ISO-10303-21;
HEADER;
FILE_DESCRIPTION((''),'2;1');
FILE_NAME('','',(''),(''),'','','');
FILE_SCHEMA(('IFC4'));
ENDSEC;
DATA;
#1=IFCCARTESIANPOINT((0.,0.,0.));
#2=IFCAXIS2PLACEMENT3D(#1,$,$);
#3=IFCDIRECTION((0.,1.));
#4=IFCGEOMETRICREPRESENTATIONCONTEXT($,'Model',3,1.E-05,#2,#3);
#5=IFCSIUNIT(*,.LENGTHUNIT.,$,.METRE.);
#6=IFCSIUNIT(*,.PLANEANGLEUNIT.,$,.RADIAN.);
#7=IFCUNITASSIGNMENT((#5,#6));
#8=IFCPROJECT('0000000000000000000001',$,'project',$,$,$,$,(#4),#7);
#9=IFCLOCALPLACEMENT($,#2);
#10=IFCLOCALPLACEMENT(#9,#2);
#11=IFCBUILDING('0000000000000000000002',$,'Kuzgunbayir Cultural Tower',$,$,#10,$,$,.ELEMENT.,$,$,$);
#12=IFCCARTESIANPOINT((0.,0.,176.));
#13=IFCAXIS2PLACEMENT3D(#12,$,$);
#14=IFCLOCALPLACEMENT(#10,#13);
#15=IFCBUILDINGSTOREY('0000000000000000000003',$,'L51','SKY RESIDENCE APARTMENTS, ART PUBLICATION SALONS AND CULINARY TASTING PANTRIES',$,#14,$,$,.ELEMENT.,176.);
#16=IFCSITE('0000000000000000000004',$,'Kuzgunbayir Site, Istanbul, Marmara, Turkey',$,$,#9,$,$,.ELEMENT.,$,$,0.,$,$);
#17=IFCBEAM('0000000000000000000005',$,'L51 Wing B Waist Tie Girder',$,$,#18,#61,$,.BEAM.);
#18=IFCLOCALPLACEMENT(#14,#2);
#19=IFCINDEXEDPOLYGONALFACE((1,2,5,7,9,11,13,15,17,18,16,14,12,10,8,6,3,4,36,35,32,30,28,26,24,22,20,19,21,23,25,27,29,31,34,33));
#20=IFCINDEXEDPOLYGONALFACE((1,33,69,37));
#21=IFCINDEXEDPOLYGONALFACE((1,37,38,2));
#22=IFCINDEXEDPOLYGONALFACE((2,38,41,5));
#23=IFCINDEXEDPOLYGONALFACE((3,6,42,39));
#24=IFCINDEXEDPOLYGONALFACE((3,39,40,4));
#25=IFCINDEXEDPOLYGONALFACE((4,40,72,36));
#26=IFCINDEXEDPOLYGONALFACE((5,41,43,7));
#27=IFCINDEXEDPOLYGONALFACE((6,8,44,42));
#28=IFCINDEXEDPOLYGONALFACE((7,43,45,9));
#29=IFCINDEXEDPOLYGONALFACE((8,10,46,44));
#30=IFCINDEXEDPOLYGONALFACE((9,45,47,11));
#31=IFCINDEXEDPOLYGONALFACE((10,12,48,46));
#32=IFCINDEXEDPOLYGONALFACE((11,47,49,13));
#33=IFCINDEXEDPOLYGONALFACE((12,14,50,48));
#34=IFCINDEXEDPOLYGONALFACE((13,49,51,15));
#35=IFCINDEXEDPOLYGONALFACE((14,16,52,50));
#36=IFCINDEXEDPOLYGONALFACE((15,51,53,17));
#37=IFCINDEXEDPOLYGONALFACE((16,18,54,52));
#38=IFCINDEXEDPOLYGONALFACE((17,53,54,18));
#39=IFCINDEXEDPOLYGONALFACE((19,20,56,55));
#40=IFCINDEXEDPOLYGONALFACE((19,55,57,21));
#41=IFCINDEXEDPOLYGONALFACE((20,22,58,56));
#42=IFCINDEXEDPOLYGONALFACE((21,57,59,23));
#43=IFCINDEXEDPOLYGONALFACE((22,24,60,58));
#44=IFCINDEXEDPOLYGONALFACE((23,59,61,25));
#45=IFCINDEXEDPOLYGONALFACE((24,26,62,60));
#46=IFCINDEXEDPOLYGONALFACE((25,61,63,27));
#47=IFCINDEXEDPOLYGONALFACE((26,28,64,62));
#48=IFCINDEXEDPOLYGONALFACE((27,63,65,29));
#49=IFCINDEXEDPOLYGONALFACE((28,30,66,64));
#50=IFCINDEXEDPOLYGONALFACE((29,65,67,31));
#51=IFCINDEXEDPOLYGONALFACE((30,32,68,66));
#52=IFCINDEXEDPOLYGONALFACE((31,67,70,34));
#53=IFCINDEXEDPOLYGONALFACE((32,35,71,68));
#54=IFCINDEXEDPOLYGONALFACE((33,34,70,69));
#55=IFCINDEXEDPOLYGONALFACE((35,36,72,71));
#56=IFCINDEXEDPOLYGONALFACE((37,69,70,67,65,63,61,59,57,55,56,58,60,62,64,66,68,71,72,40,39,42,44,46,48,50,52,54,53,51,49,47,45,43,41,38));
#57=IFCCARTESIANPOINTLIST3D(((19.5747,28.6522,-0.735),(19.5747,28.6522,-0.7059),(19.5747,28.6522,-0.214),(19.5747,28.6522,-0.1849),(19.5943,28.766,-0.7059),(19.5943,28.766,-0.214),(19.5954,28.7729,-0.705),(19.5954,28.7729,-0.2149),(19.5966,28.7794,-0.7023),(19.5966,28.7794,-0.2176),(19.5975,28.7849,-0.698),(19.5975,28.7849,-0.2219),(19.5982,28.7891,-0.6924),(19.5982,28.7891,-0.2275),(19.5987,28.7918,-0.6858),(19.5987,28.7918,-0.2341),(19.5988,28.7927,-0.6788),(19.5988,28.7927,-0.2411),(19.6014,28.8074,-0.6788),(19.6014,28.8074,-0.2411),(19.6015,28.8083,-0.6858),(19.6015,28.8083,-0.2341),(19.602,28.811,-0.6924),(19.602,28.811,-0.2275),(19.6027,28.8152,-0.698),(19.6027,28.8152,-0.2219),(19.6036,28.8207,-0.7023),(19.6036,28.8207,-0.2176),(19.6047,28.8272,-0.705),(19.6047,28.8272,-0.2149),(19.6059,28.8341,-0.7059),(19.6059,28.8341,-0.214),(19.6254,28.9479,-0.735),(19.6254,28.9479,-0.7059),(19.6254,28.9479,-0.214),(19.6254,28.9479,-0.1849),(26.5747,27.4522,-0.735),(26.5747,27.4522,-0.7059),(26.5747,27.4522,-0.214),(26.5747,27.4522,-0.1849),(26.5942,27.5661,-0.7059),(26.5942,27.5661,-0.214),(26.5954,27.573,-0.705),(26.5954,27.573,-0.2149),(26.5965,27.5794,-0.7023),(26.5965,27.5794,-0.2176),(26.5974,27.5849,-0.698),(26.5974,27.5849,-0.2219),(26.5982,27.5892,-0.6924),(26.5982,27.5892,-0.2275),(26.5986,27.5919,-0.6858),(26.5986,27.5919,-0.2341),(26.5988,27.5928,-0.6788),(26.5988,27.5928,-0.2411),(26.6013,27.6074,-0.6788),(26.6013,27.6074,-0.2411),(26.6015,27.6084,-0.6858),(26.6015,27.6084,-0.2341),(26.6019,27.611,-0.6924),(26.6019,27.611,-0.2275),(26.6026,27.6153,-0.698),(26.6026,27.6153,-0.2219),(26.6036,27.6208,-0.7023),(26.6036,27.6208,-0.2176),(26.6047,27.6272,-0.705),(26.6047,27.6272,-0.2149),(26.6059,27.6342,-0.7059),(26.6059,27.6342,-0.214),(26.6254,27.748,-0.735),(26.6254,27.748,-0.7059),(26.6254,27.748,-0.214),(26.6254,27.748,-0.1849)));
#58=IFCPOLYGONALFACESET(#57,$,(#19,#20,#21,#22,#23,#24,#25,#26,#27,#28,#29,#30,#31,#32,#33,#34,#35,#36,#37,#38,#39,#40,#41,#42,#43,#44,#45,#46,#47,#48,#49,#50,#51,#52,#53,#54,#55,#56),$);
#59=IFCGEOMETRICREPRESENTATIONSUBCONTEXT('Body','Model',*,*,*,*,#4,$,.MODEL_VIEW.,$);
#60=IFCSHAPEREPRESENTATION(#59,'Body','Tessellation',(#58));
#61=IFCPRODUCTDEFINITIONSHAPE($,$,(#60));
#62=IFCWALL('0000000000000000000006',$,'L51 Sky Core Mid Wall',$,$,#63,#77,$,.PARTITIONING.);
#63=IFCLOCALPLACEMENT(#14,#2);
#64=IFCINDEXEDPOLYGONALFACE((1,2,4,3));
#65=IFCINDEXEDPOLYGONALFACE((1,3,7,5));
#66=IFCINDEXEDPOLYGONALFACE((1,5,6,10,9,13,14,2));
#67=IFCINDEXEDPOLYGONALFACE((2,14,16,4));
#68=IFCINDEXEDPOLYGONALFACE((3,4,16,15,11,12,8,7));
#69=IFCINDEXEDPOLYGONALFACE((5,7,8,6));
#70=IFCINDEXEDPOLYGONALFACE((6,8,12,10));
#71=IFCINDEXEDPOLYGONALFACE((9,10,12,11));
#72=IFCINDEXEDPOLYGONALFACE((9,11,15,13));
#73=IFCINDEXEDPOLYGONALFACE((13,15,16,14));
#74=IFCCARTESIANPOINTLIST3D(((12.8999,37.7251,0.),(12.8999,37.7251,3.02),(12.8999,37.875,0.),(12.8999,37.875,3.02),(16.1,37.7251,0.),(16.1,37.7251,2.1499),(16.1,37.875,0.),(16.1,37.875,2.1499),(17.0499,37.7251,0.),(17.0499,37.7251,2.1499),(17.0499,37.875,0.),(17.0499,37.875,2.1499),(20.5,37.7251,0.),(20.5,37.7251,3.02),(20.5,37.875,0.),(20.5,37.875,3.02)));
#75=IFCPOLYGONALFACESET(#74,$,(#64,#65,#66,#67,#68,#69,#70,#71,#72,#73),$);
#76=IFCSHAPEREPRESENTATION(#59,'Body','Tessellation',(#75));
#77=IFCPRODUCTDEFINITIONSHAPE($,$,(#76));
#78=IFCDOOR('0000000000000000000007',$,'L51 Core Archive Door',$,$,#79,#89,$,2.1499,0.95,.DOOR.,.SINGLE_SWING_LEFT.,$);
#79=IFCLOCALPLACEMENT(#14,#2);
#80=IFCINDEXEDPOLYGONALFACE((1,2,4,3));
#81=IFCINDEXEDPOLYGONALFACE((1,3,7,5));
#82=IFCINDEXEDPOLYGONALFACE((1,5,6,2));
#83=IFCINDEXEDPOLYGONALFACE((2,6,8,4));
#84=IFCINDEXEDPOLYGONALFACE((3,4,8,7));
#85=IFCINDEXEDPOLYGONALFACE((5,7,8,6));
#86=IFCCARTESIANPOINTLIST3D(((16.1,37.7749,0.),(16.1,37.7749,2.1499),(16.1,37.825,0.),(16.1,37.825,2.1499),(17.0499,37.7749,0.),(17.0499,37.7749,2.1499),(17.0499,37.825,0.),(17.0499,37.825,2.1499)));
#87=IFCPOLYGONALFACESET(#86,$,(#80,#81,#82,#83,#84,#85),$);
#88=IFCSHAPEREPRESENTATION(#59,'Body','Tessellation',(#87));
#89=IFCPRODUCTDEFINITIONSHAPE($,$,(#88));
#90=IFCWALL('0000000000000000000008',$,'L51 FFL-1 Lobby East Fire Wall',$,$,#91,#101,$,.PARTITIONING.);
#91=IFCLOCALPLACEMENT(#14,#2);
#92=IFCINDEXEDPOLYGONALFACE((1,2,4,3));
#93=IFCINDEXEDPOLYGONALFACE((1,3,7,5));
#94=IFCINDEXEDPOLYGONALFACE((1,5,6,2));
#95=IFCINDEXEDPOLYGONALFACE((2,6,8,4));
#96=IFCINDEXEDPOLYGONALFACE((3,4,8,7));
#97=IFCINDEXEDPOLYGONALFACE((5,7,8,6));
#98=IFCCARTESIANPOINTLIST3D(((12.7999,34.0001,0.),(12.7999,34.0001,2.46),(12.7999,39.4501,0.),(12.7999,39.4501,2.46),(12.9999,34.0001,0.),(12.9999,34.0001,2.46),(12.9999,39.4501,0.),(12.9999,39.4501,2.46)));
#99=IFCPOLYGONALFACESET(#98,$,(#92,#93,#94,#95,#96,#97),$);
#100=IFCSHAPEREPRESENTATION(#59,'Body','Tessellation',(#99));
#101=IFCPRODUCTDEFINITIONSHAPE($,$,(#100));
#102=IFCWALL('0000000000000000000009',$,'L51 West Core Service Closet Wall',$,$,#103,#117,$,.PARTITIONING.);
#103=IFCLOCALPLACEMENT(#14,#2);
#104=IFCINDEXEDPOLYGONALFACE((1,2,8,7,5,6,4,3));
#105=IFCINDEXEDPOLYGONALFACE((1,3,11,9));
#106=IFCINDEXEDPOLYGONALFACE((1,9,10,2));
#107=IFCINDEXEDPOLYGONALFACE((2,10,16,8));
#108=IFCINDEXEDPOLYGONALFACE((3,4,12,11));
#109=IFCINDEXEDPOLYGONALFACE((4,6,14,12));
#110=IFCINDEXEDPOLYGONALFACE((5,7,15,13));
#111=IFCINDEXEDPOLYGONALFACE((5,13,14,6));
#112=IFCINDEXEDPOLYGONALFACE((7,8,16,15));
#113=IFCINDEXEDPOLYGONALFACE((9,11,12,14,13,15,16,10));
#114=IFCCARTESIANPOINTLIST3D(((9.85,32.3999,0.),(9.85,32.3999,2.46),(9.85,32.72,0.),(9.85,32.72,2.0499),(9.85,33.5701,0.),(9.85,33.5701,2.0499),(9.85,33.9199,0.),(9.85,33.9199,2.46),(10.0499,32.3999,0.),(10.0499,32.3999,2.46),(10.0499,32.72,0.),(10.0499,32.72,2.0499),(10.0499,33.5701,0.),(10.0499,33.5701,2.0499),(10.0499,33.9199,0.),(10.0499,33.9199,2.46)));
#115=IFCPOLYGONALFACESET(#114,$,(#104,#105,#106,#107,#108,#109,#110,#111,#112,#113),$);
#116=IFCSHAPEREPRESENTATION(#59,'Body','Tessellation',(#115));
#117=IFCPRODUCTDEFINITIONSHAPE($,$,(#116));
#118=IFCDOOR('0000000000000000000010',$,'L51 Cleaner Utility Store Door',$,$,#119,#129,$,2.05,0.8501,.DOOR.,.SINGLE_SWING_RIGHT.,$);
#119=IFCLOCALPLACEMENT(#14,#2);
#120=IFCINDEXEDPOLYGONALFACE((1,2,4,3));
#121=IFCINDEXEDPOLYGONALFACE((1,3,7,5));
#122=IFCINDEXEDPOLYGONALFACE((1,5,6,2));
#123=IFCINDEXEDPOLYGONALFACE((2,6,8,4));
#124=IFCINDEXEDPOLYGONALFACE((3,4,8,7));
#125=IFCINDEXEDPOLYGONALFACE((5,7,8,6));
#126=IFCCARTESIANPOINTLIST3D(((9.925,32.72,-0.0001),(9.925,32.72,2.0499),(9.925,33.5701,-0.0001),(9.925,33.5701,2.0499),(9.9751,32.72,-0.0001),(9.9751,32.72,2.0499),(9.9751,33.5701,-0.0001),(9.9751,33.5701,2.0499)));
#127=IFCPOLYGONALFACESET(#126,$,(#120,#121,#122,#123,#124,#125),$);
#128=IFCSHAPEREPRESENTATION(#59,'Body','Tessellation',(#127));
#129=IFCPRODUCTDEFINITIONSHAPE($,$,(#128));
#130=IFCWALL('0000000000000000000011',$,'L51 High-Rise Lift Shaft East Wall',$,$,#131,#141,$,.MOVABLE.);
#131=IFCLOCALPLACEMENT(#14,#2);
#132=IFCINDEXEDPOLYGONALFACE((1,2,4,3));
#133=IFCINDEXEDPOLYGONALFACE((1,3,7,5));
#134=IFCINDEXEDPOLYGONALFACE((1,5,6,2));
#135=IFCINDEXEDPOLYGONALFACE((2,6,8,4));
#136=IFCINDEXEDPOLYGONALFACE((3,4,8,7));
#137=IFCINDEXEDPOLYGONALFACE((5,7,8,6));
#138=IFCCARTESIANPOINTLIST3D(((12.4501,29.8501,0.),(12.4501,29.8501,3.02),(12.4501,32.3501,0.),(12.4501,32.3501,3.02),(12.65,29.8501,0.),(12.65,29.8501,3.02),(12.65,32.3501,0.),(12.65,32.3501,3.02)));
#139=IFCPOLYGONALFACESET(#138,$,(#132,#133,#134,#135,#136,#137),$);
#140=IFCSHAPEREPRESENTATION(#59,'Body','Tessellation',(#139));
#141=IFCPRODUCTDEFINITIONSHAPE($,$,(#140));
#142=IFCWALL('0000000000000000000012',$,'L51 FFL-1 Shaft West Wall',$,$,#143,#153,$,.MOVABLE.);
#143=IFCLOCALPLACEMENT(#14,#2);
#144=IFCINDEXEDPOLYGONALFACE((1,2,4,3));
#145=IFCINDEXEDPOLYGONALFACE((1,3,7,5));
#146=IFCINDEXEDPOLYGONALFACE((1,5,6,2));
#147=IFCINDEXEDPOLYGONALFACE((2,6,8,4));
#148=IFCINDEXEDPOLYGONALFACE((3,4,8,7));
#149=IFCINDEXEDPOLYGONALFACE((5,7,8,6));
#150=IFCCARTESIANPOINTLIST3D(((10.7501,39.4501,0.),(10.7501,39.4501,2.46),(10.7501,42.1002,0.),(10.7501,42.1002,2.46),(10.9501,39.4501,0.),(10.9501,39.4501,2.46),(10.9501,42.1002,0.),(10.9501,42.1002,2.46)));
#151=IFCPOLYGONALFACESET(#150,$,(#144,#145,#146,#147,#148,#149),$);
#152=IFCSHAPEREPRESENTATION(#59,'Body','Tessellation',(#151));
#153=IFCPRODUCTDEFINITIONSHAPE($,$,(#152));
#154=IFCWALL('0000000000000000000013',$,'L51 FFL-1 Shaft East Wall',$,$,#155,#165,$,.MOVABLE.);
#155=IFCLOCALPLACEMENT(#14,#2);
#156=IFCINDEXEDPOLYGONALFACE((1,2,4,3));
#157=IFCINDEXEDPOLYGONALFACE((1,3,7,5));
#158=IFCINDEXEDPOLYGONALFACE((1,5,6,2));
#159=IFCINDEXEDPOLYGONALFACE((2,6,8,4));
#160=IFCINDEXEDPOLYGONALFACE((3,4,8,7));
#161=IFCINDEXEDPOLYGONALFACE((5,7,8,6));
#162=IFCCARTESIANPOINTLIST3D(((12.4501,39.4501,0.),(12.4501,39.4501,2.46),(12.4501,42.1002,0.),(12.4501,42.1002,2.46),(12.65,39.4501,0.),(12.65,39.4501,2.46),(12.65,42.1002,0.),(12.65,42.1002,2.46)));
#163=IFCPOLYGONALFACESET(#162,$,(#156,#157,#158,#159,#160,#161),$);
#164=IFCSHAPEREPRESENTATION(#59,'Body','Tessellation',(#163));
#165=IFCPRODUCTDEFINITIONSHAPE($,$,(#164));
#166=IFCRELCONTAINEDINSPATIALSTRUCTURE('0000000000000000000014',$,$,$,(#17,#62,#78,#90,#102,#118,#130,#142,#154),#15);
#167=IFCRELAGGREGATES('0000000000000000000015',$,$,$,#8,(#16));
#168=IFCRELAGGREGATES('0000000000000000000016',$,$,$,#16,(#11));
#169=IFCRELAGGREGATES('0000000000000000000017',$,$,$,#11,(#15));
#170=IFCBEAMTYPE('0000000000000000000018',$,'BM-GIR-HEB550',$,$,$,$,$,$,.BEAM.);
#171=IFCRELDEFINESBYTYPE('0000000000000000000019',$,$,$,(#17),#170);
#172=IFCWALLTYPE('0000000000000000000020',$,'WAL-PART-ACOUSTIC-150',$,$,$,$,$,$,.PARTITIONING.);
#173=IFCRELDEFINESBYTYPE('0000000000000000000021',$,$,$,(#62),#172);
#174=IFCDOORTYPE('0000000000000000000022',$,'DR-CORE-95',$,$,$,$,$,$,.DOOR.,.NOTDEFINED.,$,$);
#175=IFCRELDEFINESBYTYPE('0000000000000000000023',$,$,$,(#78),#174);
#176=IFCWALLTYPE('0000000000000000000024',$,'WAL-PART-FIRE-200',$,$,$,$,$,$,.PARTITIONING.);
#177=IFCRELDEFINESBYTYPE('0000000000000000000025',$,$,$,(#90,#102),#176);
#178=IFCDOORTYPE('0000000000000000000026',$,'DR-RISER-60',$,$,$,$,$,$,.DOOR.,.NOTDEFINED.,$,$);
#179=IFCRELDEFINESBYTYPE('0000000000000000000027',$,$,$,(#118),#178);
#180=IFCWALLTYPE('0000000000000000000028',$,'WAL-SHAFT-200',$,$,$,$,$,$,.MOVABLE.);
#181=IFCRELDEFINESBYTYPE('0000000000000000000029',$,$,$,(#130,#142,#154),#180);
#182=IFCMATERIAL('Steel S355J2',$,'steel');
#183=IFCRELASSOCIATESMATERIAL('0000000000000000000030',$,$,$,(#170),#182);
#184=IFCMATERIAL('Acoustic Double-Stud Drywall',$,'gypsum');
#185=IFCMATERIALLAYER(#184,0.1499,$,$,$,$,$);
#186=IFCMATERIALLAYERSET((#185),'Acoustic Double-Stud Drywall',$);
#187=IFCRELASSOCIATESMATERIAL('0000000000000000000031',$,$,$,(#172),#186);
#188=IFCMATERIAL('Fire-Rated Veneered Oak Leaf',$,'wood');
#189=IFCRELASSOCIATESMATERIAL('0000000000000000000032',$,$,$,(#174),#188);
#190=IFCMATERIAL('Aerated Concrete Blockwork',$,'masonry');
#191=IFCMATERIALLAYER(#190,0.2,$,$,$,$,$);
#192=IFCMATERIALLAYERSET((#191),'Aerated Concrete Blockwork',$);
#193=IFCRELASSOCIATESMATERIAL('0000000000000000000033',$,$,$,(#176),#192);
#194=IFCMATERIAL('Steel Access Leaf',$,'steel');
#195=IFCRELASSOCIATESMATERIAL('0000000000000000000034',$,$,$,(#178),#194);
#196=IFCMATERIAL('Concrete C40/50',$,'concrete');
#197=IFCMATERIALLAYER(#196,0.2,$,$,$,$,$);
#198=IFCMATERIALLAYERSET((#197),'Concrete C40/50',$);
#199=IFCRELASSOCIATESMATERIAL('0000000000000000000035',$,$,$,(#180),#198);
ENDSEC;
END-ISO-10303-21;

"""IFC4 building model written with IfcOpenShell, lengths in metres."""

from ifc_helpers import new_model, si_unit, direction, frame, frame_2d, origin, origin_2d, place, context, subcontext, project, spatial, rectangle, i_section, extrude, material, layer, layer_set, material_profile, profile_set, type_object, element, fill, save


model = new_model("IFC4")

# Units and contexts
model_context = context("Model", 3, precision=1e-05, world=origin(), true_north=direction((0.0, 1.0)))
body_context = subcontext(model_context, "Body", "Model", "MODEL_VIEW")
ifc_project = project(units=[si_unit("LENGTHUNIT", "METRE"), si_unit("PLANEANGLEUNIT", "RADIAN")], contexts=[model_context])

# Site, building, storey
site_placement = place(None, origin())
site = spatial("IfcSite", under=ifc_project, at=site_placement, Name="Kuzgunbayir Site, Istanbul, Marmara, Turkey", CompositionType="ELEMENT", RefElevation=0.0)
building_placement = place(site_placement, origin())
building = spatial("IfcBuilding", under=site, at=building_placement, Name="Kuzgunbayir Cultural Tower", CompositionType="ELEMENT")
storey_placement = place(building_placement, frame((0.0, 0.0, 176.0)))
storey = spatial("IfcBuildingStorey", under=building, at=storey_placement, Name="L51", Description="SKY RESIDENCE APARTMENTS, ART PUBLICATION SALONS AND CULINARY TASTING PANTRIES", CompositionType="ELEMENT", Elevation=176.0)

# Beam
ifc_material_1 = material(Name="Steel S355J2", Category="steel")
ifc_material_profile_1 = material_profile(ifc_material_1, i_section(OverallWidth=0.3, OverallDepth=0.55, WebThickness=0.0149, FlangeThickness=0.0291, FilletRadius=0.0271, at=origin_2d()), Name="HEB 550")
ifc_profile_set_1 = profile_set([ifc_material_profile_1], Name="Steel S355J2")
beam_type = type_object("IfcBeamType", Name="BM-GIR-HEB550", PredefinedType="BEAM", material=ifc_profile_set_1)
beam_1_placement = place(storey_placement, frame((19.6001, 28.8, -0.46), z_axis=(0.985623, -0.168957, 0.0), x_axis=(0.168957, 0.985623, 0.0)))
element("IfcBeam", 1, at=beam_1_placement, inside=storey, type_object=beam_type, Name="L51 Wing B Waist Tie Girder", PredefinedType="BEAM", context=body_context, shape_type="SweptSolid", body=[
    extrude(i_section(OverallWidth=0.3, OverallDepth=0.55, WebThickness=0.0149, FlangeThickness=0.0291, FilletRadius=0.0271, at=origin_2d()), origin(), (0.0, 0.0, 1.0), 7.1021),
])

# Wall, opening, door
ifc_material_2 = material(Name="Acoustic Double-Stud Drywall", Category="gypsum")
ifc_layer_1 = layer(ifc_material_2, 0.1499)
ifc_layer_set_1 = layer_set([ifc_layer_1], Name="Acoustic Double-Stud Drywall")
wall_type_1 = type_object("IfcWallType", Name="WAL-PART-ACOUSTIC-150", PredefinedType="PARTITIONING", material=ifc_layer_set_1)
wall_1_placement = place(storey_placement, frame((12.8999, 37.8, 0.0), z_axis=(0.0, 0.0, 1.0), x_axis=(1.0, 0.0, 0.0)))
wall_1 = element("IfcWall", 2, at=wall_1_placement, inside=storey, type_object=wall_type_1, Name="L51 Sky Core Mid Wall", PredefinedType="PARTITIONING", context=body_context, shape_type="SweptSolid", body=[
    extrude(rectangle(XDim=7.6001, YDim=0.1499, at=frame_2d((3.8, 0.0))), origin(), (0.0, 0.0, 1.0), 3.02),
])
opening_1_placement = place(wall_1_placement, frame((3.2, 0.0, 0.0)))
opening_1 = element("IfcOpeningElement", 3, at=opening_1_placement, cuts=wall_1, PredefinedType="OPENING", context=body_context, shape_type="SweptSolid", body=[
    extrude(rectangle(XDim=0.95, YDim=2.1499, at=frame_2d((0.4751, 1.075))), frame((0.0, 0.085, 0.0), z_axis=(0.0, -1.0, 0.0), x_axis=(1.0, 0.0, 0.0)), (0.0, 0.0, 1.0), 0.1699),
])
ifc_material_3 = material(Name="Fire-Rated Veneered Oak Leaf", Category="wood")
door_type_1 = type_object("IfcDoorType", Name="DR-CORE-95", OperationType="NOTDEFINED", PredefinedType="DOOR", material=ifc_material_3)
door_1_placement = place(opening_1_placement, origin())
door_1 = element("IfcDoor", 4, at=door_1_placement, inside=storey, type_object=door_type_1, Name="L51 Core Archive Door", OperationType="SINGLE_SWING_LEFT", OverallHeight=2.1499, OverallWidth=0.95, PredefinedType="DOOR", context=body_context, shape_type="SweptSolid", body=[
    extrude(rectangle(XDim=0.95, YDim=2.1499, at=frame_2d((0.4751, 1.075))), frame((0.0, 0.0249, 0.0), z_axis=(0.0, -1.0, 0.0), x_axis=(1.0, 0.0, 0.0)), (0.0, 0.0, 1.0), 0.05),
])
fill(opening_1, door_1)

# Wall
ifc_material_4 = material(Name="Aerated Concrete Blockwork", Category="masonry")
ifc_layer_2 = layer(ifc_material_4, 0.2)
ifc_layer_set_2 = layer_set([ifc_layer_2], Name="Aerated Concrete Blockwork")
wall_type_2 = type_object("IfcWallType", Name="WAL-PART-FIRE-200", PredefinedType="PARTITIONING", material=ifc_layer_set_2)
wall_2_placement = place(storey_placement, frame((12.8999, 34.0, 0.0), z_axis=(0.0, 0.0, 1.0), x_axis=(0.0, 1.0, 0.0)))
element("IfcWall", 5, at=wall_2_placement, inside=storey, type_object=wall_type_2, Name="L51 FFL-1 Lobby East Fire Wall", PredefinedType="PARTITIONING", context=body_context, shape_type="SweptSolid", body=[
    extrude(rectangle(XDim=5.45, YDim=0.2, at=frame_2d((2.7251, 0.0))), origin(), (0.0, 0.0, 1.0), 2.46),
])

# Wall, opening, door
wall_3_placement = place(storey_placement, frame((9.95, 32.3999, 0.0), z_axis=(0.0, 0.0, 1.0), x_axis=(0.0, 1.0, 0.0)))
wall_3 = element("IfcWall", 6, at=wall_3_placement, inside=storey, type_object=wall_type_2, Name="L51 West Core Service Closet Wall", PredefinedType="PARTITIONING", context=body_context, shape_type="SweptSolid", body=[
    extrude(rectangle(XDim=1.52, YDim=0.2, at=frame_2d((0.76, 0.0))), origin(), (0.0, 0.0, 1.0), 2.46),
])
opening_2_placement = place(wall_3_placement, frame((0.3201, 0.0, 0.0)))
opening_2 = element("IfcOpeningElement", 7, at=opening_2_placement, cuts=wall_3, PredefinedType="OPENING", context=body_context, shape_type="SweptSolid", body=[
    extrude(rectangle(XDim=0.8501, YDim=2.05, at=frame_2d((0.425, 1.0249))), frame((0.0, 0.1099, 0.0), z_axis=(0.0, -1.0, 0.0), x_axis=(1.0, 0.0, 0.0)), (0.0, 0.0, 1.0), 0.22),
])
ifc_material_5 = material(Name="Steel Access Leaf", Category="steel")
door_type_2 = type_object("IfcDoorType", Name="DR-RISER-60", OperationType="NOTDEFINED", PredefinedType="DOOR", material=ifc_material_5)
door_2_placement = place(opening_2_placement, origin())
door_2 = element("IfcDoor", 8, at=door_2_placement, inside=storey, type_object=door_type_2, Name="L51 Cleaner Utility Store Door", OperationType="SINGLE_SWING_RIGHT", OverallHeight=2.05, OverallWidth=0.8501, PredefinedType="DOOR", context=body_context, shape_type="SweptSolid", body=[
    extrude(rectangle(XDim=0.8501, YDim=2.05, at=frame_2d((0.425, 1.0249))), frame((0.0, 0.0249, 0.0), z_axis=(0.0, -1.0, 0.0), x_axis=(1.0, 0.0, 0.0)), (0.0, 0.0, 1.0), 0.05),
])
fill(opening_2, door_2)

# Wall
ifc_material_6 = material(Name="Concrete C40/50", Category="concrete")
ifc_layer_3 = layer(ifc_material_6, 0.2)
ifc_layer_set_3 = layer_set([ifc_layer_3], Name="Concrete C40/50")
wall_type_3 = type_object("IfcWallType", Name="WAL-SHAFT-200", PredefinedType="MOVABLE", material=ifc_layer_set_3)
wall_4_placement = place(storey_placement, frame((12.55, 29.8501, 0.0), z_axis=(0.0, 0.0, 1.0), x_axis=(0.0, 1.0, 0.0)))
element("IfcWall", 9, at=wall_4_placement, inside=storey, type_object=wall_type_3, Name="L51 High-Rise Lift Shaft East Wall", PredefinedType="MOVABLE", context=body_context, shape_type="SweptSolid", body=[
    extrude(rectangle(XDim=2.5, YDim=0.2, at=frame_2d((1.25, 0.0))), origin(), (0.0, 0.0, 1.0), 3.02),
])

# Walls
for number, where, z_axis, x_axis, name in (
    (10, (10.8501, 39.45, 0.0), (0.0, 0.0, 1.0), (0.0, 1.0, 0.0), "L51 FFL-1 Shaft West Wall"),
    (11, (12.55, 39.45, 0.0), (0.0, 0.0, 1.0), (0.0, 1.0, 0.0), "L51 FFL-1 Shaft East Wall"),
):
    element("IfcWall", number, at=place(storey_placement, frame(where, z_axis=z_axis, x_axis=x_axis)), inside=storey, type_object=wall_type_3, Name=name, PredefinedType="MOVABLE", context=body_context, shape_type="SweptSolid", body=[
        extrude(rectangle(XDim=2.6501, YDim=0.2, at=frame_2d((1.3252, 0.0))), origin(), (0.0, 0.0, 1.0), 2.46),
    ])

save(model, "model.ifc")
